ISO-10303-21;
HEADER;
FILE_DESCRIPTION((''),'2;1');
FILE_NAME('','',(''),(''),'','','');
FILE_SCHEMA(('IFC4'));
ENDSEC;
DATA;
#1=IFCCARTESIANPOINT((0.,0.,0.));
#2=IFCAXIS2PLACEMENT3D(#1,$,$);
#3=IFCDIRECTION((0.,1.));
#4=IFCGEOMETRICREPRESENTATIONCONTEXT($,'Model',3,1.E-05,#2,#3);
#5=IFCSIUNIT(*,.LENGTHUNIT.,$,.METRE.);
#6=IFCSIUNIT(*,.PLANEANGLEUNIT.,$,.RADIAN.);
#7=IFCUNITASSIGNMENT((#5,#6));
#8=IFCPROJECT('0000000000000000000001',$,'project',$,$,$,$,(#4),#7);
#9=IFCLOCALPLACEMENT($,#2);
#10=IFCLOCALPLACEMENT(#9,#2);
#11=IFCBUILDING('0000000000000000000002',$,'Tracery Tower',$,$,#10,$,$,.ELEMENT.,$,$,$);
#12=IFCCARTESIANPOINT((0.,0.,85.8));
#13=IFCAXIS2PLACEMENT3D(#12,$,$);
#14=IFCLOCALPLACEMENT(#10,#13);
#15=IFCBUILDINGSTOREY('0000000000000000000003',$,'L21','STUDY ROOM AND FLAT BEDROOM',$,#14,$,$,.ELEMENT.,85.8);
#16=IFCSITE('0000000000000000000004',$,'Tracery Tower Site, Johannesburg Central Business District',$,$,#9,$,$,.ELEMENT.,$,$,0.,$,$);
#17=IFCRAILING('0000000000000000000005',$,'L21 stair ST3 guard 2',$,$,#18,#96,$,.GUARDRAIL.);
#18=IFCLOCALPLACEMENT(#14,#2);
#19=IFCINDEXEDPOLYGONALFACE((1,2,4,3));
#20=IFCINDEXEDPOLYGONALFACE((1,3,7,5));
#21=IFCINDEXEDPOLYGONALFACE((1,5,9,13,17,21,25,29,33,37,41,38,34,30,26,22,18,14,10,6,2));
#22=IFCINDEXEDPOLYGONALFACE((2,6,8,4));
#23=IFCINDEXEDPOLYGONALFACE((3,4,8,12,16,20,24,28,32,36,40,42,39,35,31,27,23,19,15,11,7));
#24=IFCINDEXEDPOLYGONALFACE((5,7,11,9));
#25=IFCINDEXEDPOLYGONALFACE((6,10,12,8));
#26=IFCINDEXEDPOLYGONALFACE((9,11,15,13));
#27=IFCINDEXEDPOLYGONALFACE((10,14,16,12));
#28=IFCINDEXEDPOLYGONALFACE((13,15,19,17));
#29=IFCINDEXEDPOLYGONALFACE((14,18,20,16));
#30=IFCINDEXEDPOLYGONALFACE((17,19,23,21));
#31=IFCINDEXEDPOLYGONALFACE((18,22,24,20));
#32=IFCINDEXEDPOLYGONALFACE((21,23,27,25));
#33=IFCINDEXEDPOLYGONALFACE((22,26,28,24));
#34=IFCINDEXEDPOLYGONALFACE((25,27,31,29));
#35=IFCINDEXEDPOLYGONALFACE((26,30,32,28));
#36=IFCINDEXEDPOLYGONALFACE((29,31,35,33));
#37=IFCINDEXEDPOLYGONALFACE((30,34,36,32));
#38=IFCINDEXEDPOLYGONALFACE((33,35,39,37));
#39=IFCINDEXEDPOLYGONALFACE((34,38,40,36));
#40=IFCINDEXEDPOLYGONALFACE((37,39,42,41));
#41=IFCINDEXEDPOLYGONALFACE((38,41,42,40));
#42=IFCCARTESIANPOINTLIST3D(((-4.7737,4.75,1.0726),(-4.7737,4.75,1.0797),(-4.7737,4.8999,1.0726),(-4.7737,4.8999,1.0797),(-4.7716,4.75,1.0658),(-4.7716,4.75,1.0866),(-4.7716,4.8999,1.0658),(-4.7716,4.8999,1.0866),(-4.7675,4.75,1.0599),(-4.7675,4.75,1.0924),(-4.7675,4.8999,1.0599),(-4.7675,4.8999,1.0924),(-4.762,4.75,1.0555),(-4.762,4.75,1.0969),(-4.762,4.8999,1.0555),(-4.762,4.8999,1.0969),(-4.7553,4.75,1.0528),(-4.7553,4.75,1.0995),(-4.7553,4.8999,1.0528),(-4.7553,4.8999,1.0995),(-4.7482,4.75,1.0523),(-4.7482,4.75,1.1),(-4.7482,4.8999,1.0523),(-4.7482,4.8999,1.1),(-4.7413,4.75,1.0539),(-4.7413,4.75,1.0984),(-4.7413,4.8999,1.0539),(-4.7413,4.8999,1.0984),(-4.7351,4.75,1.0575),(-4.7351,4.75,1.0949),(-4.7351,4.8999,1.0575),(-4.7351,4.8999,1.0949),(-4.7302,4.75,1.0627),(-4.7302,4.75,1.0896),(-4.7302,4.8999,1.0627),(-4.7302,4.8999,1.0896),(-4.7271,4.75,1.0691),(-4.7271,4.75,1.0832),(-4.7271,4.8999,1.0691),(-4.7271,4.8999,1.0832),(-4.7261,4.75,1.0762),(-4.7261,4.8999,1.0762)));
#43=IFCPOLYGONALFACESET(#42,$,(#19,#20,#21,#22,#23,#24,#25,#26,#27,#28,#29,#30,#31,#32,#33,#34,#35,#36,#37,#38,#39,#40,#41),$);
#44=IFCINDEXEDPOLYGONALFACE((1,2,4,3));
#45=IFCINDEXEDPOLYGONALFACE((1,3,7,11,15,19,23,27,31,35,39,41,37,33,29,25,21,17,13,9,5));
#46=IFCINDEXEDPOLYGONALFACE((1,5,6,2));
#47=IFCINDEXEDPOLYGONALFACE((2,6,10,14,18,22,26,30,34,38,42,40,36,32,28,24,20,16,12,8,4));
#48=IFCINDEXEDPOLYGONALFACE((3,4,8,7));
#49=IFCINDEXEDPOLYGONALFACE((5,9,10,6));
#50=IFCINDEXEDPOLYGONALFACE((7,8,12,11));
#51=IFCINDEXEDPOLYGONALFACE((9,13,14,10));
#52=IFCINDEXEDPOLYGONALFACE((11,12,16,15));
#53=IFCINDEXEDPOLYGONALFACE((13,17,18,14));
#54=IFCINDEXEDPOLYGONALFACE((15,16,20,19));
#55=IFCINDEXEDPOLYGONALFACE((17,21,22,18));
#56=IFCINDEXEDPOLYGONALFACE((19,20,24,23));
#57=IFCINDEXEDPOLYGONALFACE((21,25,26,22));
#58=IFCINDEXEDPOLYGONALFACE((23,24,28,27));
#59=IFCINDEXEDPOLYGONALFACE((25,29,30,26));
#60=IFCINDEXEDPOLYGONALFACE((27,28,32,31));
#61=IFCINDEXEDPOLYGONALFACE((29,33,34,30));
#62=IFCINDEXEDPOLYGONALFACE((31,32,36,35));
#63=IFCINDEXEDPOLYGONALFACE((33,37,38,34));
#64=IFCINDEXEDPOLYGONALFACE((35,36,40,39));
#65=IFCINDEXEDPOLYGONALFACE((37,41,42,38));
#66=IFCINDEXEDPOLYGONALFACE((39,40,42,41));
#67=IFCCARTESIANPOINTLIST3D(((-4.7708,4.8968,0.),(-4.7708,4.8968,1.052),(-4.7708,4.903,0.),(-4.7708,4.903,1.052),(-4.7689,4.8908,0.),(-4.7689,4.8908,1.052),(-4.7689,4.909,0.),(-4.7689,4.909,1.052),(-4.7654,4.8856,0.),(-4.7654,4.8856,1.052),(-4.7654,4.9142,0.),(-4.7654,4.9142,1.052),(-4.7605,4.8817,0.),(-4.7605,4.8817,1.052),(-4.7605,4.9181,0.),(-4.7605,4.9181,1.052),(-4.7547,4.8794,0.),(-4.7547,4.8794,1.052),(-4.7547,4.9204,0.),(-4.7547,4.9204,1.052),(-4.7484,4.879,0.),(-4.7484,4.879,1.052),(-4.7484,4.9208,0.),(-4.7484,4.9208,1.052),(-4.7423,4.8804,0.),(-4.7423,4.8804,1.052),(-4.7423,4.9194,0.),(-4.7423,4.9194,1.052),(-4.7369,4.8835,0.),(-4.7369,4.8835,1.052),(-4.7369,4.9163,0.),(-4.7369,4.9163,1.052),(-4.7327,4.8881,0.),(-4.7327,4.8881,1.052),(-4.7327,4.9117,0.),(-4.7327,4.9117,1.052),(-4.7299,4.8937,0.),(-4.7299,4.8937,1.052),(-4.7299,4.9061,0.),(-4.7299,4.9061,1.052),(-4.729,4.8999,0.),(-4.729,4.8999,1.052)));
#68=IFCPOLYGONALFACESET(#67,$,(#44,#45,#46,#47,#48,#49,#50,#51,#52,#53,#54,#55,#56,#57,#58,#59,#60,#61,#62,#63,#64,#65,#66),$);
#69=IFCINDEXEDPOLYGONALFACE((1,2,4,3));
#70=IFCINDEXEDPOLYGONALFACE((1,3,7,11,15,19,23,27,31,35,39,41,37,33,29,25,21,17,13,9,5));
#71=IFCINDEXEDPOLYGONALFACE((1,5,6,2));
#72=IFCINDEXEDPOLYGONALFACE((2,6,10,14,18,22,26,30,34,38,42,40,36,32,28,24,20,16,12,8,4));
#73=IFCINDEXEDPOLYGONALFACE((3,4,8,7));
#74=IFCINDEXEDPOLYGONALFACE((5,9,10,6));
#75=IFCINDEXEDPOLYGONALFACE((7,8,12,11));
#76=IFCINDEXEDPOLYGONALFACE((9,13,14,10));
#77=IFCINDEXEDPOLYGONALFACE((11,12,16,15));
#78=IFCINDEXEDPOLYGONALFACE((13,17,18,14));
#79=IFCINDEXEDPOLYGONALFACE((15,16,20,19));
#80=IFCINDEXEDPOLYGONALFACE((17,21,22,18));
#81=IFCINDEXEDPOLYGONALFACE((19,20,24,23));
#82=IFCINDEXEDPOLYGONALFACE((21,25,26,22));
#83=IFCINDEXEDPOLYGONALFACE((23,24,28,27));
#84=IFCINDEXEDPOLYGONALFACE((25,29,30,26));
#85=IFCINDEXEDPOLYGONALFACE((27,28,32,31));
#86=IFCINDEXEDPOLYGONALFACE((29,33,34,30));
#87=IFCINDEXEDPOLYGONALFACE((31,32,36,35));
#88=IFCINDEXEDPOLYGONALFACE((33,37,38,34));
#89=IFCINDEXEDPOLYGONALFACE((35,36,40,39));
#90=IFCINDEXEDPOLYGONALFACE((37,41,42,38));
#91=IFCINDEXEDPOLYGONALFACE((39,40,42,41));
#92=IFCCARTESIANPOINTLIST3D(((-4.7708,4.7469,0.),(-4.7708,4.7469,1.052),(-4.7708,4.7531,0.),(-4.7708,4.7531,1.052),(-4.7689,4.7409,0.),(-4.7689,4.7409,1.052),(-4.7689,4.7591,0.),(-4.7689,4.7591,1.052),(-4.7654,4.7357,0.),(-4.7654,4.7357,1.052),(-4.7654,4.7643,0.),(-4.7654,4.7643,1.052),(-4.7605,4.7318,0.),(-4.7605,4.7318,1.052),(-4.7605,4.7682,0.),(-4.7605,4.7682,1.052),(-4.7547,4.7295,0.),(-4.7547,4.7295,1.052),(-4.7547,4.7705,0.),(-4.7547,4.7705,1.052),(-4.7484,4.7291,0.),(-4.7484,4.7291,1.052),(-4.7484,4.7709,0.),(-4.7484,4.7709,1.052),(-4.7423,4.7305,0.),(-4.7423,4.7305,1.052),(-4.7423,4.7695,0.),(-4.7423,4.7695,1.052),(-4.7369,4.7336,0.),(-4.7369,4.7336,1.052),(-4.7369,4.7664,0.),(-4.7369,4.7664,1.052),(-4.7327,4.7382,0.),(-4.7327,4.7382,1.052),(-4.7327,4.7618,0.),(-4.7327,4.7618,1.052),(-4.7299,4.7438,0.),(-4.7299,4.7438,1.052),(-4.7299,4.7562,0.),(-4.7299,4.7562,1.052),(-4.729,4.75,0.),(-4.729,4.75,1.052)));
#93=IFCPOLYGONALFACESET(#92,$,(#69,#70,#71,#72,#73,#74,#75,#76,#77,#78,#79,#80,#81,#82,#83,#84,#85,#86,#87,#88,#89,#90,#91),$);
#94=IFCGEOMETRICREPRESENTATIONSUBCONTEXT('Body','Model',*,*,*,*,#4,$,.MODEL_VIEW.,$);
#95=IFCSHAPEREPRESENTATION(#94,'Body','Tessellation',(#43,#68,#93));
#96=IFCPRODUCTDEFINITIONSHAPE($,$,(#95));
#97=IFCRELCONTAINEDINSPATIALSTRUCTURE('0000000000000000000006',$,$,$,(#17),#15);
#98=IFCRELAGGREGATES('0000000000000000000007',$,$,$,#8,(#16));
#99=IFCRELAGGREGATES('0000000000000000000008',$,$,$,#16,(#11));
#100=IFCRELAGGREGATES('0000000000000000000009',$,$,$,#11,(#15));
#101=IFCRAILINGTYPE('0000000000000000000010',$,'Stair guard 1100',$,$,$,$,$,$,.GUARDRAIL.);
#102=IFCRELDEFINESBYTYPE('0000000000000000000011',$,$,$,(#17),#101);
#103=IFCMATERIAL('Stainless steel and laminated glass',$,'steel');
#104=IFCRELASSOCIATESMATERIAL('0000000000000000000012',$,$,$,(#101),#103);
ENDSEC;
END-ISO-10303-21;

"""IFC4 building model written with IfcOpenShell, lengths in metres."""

from ifc_helpers import new_model, si_unit, direction, frame, origin, origin_2d, place, context, subcontext, project, spatial, circle, extrude, material, type_object, element, save


model = new_model("IFC4")

# Units and contexts
model_context = context("Model", 3, precision=1e-05, world=origin(), true_north=direction((0.0, 1.0)))
body_context = subcontext(model_context, "Body", "Model", "MODEL_VIEW")
ifc_project = project(units=[si_unit("LENGTHUNIT", "METRE"), si_unit("PLANEANGLEUNIT", "RADIAN")], contexts=[model_context])

# Site, building, storey
site_placement = place(None, origin())
site = spatial("IfcSite", under=ifc_project, at=site_placement, Name="Tracery Tower Site, Johannesburg Central Business District", CompositionType="ELEMENT", RefElevation=0.0)
building_placement = place(site_placement, origin())
building = spatial("IfcBuilding", under=site, at=building_placement, Name="Tracery Tower", CompositionType="ELEMENT")
storey_placement = place(building_placement, frame((0.0, 0.0, 85.8)))
storey = spatial("IfcBuildingStorey", under=building, at=storey_placement, Name="L21", Description="STUDY ROOM AND FLAT BEDROOM", CompositionType="ELEMENT", Elevation=85.8)

# Railing
ifc_material_1 = material(Name="Stainless steel and laminated glass", Category="steel")
railing_type_1 = type_object("IfcRailingType", Name="Stair guard 1100", PredefinedType="GUARDRAIL", material=ifc_material_1)
railing_1_placement = place(storey_placement, frame((-4.75, 4.8999, 0.0)))
element("IfcRailing", 1, at=railing_1_placement, inside=storey, type_object=railing_type_1, Name="L21 stair ST3 guard 2", PredefinedType="GUARDRAIL", context=body_context, shape_type="SweptSolid", body=[
    extrude(circle(Radius=0.0239, at=origin_2d()), frame((0.0, 0.0, 1.0762), z_axis=(0.0, -1.0, 0.0), x_axis=(1.0, 0.0, 0.0)), (0.0, 0.0, 1.0), 0.1499),
    extrude(circle(Radius=0.021, at=origin_2d()), origin(), (0.0, 0.0, 1.0), 1.052),
    extrude(circle(Radius=0.021, at=origin_2d()), frame((0.0, -0.1499, 0.0)), (0.0, 0.0, 1.0), 1.052),
])

save(model, "model.ifc")
